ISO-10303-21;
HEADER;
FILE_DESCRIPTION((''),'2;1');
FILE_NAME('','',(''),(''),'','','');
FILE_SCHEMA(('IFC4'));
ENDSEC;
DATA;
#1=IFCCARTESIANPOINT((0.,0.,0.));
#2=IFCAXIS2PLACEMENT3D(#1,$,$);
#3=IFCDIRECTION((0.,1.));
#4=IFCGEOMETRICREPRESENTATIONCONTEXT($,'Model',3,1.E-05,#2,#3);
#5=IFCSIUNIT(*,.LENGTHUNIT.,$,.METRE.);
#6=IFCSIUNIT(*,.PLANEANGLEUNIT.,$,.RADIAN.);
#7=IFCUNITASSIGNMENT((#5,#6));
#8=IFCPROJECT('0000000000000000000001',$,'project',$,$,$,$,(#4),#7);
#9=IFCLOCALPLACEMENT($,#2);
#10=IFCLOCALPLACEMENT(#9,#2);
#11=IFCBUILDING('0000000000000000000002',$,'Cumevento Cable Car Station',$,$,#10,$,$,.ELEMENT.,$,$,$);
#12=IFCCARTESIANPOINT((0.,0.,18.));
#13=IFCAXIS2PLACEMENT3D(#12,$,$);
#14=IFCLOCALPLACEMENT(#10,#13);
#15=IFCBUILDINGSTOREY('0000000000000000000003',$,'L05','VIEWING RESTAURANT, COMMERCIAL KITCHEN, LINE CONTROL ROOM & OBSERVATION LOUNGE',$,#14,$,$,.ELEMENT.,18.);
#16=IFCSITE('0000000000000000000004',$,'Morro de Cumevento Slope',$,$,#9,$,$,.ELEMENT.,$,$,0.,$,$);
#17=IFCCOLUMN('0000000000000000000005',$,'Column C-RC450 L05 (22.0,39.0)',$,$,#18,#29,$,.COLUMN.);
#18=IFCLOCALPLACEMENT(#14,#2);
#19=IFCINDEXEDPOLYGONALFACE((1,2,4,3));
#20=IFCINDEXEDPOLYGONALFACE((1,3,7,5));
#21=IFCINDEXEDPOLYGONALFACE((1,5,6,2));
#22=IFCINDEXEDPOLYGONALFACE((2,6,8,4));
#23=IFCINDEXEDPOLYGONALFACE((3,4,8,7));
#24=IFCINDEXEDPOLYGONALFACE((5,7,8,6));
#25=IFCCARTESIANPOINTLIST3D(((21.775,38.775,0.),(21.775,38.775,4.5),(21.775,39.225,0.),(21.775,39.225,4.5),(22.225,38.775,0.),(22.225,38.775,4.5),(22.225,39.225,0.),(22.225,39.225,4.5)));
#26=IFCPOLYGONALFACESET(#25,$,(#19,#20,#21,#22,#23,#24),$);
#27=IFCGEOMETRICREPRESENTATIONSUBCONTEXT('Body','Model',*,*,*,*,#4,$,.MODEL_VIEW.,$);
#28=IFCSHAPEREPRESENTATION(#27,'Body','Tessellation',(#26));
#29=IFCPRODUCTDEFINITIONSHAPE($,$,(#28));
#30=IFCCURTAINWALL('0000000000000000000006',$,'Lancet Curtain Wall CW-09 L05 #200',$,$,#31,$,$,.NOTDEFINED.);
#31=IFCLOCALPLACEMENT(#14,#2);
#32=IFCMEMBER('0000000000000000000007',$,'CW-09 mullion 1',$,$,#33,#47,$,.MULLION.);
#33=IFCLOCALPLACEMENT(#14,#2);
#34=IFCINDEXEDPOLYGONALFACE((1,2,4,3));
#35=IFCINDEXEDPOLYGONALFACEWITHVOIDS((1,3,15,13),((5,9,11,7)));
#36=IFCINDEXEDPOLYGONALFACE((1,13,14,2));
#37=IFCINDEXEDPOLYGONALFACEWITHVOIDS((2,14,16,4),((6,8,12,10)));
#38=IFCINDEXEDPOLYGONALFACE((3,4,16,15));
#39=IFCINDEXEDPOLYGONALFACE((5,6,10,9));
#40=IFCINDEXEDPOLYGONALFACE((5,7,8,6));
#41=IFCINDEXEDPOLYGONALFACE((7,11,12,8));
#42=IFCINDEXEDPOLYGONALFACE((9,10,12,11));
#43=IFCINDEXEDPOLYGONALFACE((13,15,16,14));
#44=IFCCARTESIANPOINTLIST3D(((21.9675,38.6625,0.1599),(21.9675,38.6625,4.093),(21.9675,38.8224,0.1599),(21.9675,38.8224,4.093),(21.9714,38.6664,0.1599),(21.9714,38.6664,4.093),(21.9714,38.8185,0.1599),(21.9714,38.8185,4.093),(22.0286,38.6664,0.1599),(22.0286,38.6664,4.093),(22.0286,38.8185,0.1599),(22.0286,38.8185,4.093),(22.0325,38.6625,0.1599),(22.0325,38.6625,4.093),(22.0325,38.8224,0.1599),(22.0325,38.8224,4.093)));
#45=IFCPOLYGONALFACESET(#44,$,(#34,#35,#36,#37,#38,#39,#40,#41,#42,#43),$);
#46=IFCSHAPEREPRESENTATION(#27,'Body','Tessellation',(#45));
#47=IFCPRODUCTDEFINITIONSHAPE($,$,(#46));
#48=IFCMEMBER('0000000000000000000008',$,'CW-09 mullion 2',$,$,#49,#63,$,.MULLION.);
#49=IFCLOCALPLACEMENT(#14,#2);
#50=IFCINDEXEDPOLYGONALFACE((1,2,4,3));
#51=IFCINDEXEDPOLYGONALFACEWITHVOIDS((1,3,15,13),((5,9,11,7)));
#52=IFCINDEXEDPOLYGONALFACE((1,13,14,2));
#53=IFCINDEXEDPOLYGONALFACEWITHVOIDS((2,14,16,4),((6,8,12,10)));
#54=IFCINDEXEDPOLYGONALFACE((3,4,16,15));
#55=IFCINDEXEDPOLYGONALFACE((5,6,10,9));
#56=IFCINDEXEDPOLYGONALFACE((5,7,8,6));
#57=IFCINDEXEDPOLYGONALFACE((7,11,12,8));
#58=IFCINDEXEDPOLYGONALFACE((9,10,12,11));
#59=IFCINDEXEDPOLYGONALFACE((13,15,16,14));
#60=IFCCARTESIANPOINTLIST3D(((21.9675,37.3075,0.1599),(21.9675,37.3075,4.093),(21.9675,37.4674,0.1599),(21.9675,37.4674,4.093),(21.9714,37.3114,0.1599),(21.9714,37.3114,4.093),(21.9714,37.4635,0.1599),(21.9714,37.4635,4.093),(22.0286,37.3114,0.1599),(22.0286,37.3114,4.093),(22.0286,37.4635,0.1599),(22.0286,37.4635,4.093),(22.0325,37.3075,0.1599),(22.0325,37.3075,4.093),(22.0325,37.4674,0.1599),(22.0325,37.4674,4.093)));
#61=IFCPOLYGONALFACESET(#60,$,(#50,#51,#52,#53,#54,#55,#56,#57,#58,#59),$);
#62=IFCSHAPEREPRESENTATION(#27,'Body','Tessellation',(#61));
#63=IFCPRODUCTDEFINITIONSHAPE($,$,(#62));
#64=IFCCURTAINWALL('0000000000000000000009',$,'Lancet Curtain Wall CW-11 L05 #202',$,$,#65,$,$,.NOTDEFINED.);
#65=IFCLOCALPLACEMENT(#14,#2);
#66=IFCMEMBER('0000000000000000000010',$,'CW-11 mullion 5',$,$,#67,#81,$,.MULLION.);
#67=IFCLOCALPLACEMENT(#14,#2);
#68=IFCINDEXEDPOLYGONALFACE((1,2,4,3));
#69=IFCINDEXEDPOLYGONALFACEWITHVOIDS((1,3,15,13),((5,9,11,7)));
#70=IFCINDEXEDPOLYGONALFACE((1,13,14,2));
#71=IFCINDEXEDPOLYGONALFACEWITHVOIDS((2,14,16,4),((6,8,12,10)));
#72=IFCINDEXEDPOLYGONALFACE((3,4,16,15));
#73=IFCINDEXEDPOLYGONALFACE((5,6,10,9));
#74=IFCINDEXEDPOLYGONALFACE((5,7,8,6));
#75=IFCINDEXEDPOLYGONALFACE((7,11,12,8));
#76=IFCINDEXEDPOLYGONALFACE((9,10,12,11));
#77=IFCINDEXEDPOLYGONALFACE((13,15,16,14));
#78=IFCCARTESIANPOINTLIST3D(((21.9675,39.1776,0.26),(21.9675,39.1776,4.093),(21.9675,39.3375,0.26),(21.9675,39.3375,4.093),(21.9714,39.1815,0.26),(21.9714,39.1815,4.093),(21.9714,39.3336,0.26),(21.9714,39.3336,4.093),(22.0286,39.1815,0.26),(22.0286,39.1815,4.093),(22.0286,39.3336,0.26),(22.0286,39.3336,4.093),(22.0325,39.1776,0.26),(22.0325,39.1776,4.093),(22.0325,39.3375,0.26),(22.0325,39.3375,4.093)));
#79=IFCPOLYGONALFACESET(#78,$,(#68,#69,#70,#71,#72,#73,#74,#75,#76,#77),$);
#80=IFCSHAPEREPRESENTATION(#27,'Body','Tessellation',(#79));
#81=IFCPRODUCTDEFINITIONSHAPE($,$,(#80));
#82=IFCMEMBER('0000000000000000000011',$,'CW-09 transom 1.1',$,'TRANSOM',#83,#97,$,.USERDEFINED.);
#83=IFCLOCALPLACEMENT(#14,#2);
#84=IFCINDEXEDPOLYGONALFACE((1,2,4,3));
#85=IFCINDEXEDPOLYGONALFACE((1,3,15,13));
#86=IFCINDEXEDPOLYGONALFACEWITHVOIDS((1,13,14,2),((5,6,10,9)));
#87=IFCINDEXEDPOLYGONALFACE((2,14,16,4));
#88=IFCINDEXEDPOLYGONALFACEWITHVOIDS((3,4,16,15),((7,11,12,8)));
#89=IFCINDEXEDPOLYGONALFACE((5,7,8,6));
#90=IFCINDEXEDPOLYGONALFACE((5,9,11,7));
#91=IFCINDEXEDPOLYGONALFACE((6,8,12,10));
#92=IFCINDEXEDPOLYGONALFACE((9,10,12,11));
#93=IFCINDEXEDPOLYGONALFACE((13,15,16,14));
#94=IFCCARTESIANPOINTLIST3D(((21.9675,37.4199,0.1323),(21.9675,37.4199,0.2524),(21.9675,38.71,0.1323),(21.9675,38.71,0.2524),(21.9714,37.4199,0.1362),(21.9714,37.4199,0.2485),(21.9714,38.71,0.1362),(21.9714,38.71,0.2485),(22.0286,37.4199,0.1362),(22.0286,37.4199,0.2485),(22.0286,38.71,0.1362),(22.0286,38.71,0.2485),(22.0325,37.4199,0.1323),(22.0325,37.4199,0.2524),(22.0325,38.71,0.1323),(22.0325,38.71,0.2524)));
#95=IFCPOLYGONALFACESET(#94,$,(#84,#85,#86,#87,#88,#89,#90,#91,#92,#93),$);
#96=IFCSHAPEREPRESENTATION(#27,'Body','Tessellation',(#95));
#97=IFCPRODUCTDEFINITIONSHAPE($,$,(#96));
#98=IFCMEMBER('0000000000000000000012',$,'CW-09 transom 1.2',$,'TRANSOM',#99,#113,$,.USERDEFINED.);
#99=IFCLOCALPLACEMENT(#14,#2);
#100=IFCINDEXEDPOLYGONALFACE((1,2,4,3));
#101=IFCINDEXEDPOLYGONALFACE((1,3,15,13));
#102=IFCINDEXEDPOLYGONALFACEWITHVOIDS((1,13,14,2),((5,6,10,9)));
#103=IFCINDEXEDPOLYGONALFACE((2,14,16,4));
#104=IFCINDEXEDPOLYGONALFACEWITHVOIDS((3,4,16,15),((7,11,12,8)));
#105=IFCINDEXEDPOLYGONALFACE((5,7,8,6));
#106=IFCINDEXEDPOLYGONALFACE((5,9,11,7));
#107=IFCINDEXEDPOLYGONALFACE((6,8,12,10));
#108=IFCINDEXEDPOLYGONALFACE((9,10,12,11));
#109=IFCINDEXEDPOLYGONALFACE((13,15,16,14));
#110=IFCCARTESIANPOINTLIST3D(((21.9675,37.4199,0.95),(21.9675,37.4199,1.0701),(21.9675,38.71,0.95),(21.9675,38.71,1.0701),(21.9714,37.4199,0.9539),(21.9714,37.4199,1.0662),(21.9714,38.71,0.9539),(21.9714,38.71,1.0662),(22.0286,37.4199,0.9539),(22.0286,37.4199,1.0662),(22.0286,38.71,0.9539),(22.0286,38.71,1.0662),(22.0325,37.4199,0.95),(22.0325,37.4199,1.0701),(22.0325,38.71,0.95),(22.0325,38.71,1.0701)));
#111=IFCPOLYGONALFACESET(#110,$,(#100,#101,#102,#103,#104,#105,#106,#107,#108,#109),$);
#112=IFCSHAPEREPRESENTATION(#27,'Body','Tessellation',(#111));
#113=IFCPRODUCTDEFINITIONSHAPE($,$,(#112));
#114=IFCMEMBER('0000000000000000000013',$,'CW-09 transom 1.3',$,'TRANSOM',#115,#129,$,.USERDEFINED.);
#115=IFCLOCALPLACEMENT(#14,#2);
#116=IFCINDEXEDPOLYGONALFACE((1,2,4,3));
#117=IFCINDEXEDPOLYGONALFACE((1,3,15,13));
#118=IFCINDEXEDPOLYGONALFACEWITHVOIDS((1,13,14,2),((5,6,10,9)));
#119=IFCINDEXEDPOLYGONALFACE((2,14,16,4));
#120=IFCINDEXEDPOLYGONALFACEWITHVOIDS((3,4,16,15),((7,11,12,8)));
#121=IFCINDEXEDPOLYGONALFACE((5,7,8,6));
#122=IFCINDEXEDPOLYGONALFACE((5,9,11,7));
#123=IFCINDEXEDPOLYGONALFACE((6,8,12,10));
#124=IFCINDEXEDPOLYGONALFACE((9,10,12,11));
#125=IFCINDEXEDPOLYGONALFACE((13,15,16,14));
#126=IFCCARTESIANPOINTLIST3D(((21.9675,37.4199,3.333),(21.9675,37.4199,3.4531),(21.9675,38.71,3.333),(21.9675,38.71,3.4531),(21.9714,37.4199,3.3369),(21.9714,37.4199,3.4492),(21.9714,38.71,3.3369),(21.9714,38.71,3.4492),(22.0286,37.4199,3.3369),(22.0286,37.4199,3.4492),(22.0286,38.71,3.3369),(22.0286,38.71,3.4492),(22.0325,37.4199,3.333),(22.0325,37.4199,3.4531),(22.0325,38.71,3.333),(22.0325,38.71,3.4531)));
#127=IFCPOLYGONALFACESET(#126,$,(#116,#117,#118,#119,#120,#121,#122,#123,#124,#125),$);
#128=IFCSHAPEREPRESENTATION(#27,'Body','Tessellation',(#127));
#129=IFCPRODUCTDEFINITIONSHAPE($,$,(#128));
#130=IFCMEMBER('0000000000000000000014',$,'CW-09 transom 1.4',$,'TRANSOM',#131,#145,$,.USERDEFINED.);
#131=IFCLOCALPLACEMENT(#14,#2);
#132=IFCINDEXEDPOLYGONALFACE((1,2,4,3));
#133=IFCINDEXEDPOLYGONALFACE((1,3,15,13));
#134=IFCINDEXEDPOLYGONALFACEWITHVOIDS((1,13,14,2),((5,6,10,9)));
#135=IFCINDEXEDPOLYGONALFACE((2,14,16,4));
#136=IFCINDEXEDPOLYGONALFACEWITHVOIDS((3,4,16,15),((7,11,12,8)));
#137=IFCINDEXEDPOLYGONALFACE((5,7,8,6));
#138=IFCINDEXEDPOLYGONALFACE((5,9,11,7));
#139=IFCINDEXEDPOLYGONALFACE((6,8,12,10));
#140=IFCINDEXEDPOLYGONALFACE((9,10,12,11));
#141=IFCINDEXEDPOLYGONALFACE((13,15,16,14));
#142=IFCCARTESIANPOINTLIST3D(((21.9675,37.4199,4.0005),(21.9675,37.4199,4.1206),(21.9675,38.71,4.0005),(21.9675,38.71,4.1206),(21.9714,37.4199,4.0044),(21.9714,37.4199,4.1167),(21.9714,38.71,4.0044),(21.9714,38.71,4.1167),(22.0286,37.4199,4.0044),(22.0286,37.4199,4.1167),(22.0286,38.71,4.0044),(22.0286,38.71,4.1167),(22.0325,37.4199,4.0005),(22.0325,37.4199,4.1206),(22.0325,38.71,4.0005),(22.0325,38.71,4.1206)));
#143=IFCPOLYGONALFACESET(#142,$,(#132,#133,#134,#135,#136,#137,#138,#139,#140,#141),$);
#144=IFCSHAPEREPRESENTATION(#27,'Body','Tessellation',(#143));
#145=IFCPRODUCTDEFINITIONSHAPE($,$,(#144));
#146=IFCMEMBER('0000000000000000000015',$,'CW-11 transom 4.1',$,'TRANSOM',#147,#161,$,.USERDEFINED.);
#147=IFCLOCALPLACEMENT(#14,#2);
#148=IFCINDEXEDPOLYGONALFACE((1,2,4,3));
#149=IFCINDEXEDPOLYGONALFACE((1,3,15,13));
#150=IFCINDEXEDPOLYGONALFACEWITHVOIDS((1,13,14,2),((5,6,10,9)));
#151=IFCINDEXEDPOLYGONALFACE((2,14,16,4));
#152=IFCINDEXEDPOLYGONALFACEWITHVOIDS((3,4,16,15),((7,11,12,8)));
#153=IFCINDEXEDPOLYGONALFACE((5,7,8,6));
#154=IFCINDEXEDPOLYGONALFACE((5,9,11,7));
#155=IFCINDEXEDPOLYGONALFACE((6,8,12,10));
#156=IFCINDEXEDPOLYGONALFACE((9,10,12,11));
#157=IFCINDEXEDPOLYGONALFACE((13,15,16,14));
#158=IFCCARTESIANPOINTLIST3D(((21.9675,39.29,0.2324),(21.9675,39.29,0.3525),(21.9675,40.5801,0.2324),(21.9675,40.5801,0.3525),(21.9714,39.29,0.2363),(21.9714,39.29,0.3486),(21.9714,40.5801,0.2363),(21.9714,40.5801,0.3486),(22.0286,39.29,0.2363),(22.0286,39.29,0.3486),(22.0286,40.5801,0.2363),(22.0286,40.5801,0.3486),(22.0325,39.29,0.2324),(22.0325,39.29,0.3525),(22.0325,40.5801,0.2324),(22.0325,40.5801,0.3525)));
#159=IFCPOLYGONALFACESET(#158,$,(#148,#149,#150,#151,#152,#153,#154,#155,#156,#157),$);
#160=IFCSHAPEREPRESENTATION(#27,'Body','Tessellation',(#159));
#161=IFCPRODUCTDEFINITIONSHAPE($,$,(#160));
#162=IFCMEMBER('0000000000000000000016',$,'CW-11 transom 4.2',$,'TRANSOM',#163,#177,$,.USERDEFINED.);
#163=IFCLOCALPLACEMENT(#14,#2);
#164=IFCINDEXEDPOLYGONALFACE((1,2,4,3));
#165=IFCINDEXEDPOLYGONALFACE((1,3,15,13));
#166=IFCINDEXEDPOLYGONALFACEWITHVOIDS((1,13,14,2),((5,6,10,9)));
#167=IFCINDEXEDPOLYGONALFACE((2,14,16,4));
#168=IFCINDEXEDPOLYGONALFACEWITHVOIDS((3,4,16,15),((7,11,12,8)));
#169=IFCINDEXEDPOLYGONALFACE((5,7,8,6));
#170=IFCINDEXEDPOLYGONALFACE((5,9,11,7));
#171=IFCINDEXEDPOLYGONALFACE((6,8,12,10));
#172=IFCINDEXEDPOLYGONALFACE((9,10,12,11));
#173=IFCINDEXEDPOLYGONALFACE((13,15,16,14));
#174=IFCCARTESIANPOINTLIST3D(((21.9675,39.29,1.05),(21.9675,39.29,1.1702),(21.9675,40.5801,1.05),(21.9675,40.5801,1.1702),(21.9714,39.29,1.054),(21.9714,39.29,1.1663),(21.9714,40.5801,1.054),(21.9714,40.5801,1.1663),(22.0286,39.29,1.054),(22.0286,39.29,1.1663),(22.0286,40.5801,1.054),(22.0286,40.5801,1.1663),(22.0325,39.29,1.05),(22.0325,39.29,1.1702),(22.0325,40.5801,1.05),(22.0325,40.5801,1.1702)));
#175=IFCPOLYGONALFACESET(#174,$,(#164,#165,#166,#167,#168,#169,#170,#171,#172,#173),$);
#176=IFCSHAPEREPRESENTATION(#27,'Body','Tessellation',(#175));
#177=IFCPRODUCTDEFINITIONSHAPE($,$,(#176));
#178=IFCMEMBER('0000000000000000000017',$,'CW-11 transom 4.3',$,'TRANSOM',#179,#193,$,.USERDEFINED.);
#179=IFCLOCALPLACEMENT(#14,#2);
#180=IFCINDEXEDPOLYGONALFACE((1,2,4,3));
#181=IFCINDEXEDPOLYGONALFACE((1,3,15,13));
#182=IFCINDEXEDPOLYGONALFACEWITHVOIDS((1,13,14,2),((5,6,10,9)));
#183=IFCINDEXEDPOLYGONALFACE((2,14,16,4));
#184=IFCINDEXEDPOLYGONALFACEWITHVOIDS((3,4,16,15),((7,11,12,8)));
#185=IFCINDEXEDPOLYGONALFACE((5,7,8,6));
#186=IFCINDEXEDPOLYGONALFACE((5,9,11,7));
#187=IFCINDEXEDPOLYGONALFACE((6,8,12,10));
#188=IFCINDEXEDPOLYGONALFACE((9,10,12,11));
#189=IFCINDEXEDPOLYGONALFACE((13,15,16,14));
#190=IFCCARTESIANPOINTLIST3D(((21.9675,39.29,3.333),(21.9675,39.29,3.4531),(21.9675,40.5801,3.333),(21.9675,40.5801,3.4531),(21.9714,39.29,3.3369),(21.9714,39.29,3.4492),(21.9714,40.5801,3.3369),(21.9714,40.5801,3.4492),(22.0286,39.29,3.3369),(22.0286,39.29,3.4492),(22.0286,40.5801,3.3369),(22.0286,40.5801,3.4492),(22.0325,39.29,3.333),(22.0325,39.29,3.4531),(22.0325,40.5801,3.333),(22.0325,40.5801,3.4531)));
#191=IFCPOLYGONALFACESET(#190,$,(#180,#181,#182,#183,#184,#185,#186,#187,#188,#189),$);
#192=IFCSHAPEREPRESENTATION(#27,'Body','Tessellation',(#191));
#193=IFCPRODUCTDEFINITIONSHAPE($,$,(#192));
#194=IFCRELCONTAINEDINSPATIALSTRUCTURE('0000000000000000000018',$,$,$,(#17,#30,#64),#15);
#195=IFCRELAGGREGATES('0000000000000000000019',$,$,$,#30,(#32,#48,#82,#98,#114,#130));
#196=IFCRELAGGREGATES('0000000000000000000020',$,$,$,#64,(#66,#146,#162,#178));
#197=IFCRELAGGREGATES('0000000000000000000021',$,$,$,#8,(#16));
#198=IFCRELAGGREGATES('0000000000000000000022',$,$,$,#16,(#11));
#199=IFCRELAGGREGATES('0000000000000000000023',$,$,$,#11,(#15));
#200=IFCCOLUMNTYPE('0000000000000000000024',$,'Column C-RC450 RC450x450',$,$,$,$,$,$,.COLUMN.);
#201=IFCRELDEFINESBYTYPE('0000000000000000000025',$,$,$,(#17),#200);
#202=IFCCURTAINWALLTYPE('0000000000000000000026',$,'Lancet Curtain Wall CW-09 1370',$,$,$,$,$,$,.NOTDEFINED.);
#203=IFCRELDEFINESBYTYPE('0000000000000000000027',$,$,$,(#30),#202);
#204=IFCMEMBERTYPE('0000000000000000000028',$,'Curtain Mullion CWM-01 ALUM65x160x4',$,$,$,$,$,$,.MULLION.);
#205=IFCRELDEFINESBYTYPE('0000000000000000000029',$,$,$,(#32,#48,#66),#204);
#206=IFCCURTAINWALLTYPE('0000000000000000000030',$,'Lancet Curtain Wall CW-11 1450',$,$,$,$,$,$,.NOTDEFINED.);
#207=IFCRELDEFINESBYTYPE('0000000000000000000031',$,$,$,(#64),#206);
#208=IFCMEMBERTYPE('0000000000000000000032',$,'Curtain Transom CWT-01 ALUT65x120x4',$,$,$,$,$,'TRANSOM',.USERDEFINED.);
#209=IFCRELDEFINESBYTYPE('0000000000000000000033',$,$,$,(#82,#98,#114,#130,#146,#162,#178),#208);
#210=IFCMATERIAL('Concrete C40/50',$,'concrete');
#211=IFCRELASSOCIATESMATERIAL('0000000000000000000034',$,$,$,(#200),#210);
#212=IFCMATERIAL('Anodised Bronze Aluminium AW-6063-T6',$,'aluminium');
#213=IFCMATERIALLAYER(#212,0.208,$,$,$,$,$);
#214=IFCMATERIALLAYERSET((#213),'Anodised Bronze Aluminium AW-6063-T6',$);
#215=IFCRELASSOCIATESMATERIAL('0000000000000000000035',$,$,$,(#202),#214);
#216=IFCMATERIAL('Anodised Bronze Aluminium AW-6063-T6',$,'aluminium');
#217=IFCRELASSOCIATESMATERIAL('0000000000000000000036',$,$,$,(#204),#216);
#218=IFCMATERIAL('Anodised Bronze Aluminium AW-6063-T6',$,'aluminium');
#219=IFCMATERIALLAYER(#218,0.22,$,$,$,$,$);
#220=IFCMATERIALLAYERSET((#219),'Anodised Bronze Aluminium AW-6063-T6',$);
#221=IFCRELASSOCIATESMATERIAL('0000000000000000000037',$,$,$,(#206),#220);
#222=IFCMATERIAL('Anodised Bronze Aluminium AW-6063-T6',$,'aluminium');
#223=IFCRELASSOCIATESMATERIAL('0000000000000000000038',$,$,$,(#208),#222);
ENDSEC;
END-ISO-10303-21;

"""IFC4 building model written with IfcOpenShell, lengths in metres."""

from ifc_helpers import new_model, si_unit, direction, frame, origin, origin_2d, place, context, subcontext, project, spatial, rectangle, hollow_rectangle, extrude, material, layer, layer_set, material_profile, profile_set, type_object, element, aggregate, save


model = new_model("IFC4")

# Units and contexts
model_context = context("Model", 3, precision=1e-05, world=origin(), true_north=direction((0.0, 1.0)))
body_context = subcontext(model_context, "Body", "Model", "MODEL_VIEW")
ifc_project = project(units=[si_unit("LENGTHUNIT", "METRE"), si_unit("PLANEANGLEUNIT", "RADIAN")], contexts=[model_context])

# Site, building, storey
site_placement = place(None, origin())
site = spatial("IfcSite", under=ifc_project, at=site_placement, Name="Morro de Cumevento Slope", CompositionType="ELEMENT", RefElevation=0.0)
building_placement = place(site_placement, origin())
building = spatial("IfcBuilding", under=site, at=building_placement, Name="Cumevento Cable Car Station", CompositionType="ELEMENT")
storey_placement = place(building_placement, frame((0.0, 0.0, 18.0)))
storey = spatial("IfcBuildingStorey", under=building, at=storey_placement, Name="L05", Description="VIEWING RESTAURANT, COMMERCIAL KITCHEN, LINE CONTROL ROOM & OBSERVATION LOUNGE", CompositionType="ELEMENT", Elevation=18.0)

# Column
ifc_material_1 = material(Name="Concrete C40/50", Category="concrete")
ifc_material_profile_1 = material_profile(ifc_material_1, rectangle(XDim=0.45, YDim=0.45, at=origin_2d()), Name="RC450x450")
ifc_profile_set_1 = profile_set([ifc_material_profile_1], Name="Concrete C40/50")
column_type = type_object("IfcColumnType", Name="Column C-RC450 RC450x450", PredefinedType="COLUMN", material=ifc_profile_set_1)
column_placement = place(storey_placement, frame((22.0, 39.0, 0.0), z_axis=(0.0, 0.0, 1.0), x_axis=(1.0, 0.0, 0.0)))
element("IfcColumn", 1, at=column_placement, inside=storey, type_object=column_type, Name="Column C-RC450 L05 (22.0,39.0)", PredefinedType="COLUMN", context=body_context, shape_type="SweptSolid", body=[
    extrude(rectangle(XDim=0.45, YDim=0.45, at=origin_2d()), origin(), (0.0, 0.0, 1.0), 4.5),
])

# Curtain wall, members
ifc_material_2 = material(Name="Anodised Bronze Aluminium AW-6063-T6", Category="aluminium")
ifc_layer_1 = layer(ifc_material_2, 0.208)
ifc_layer_set_1 = layer_set([ifc_layer_1], Name="Anodised Bronze Aluminium AW-6063-T6")
curtain_wall_type_1 = type_object("IfcCurtainWallType", Name="Lancet Curtain Wall CW-09 1370", PredefinedType="NOTDEFINED", material=ifc_layer_set_1)
curtain_wall_1_placement = place(storey_placement, origin())
curtain_wall_1 = element("IfcCurtainWall", 2, at=curtain_wall_1_placement, inside=storey, type_object=curtain_wall_type_1, Name="Lancet Curtain Wall CW-09 L05 #200", PredefinedType="NOTDEFINED")
ifc_material_3 = material(Name="Anodised Bronze Aluminium AW-6063-T6", Category="aluminium")
ifc_material_profile_2 = material_profile(ifc_material_3, hollow_rectangle(XDim=0.0649, YDim=0.1599, WallThickness=0.0039, at=origin_2d()), Name="ALUM65x160x4")
ifc_profile_set_2 = profile_set([ifc_material_profile_2], Name="Anodised Bronze Aluminium AW-6063-T6")
member_type_1 = type_object("IfcMemberType", Name="Curtain Mullion CWM-01 ALUM65x160x4", PredefinedType="MULLION", material=ifc_profile_set_2)
member_1_placement = place(storey_placement, frame((22.0, 38.7424, 0.1599), z_axis=(0.0, 0.0, 1.0), x_axis=(1.0, 0.0, 0.0)))
member_1 = element("IfcMember", 3, at=member_1_placement, type_object=member_type_1, Name="CW-09 mullion 1", PredefinedType="MULLION", context=body_context, shape_type="SweptSolid", body=[
    extrude(hollow_rectangle(XDim=0.0649, YDim=0.1599, WallThickness=0.0039, at=origin_2d()), origin(), (0.0, 0.0, 1.0), 3.9331),
])
member_2_placement = place(storey_placement, frame((22.0, 37.3875, 0.1599), z_axis=(0.0, 0.0, 1.0), x_axis=(1.0, 0.0, 0.0)))
member_2 = element("IfcMember", 4, at=member_2_placement, type_object=member_type_1, Name="CW-09 mullion 2", PredefinedType="MULLION", context=body_context, shape_type="SweptSolid", body=[
    extrude(hollow_rectangle(XDim=0.0649, YDim=0.1599, WallThickness=0.0039, at=origin_2d()), origin(), (0.0, 0.0, 1.0), 3.9331),
])

# Curtain wall, member
ifc_material_4 = material(Name="Anodised Bronze Aluminium AW-6063-T6", Category="aluminium")
ifc_layer_2 = layer(ifc_material_4, 0.22)
ifc_layer_set_2 = layer_set([ifc_layer_2], Name="Anodised Bronze Aluminium AW-6063-T6")
curtain_wall_type_2 = type_object("IfcCurtainWallType", Name="Lancet Curtain Wall CW-11 1450", PredefinedType="NOTDEFINED", material=ifc_layer_set_2)
curtain_wall_2_placement = place(storey_placement, origin())
curtain_wall_2 = element("IfcCurtainWall", 5, at=curtain_wall_2_placement, inside=storey, type_object=curtain_wall_type_2, Name="Lancet Curtain Wall CW-11 L05 #202", PredefinedType="NOTDEFINED")
member_3_placement = place(storey_placement, frame((22.0, 39.2576, 0.26), z_axis=(0.0, 0.0, 1.0), x_axis=(1.0, 0.0, 0.0)))
member_3 = element("IfcMember", 6, at=member_3_placement, type_object=member_type_1, Name="CW-11 mullion 5", PredefinedType="MULLION", context=body_context, shape_type="SweptSolid", body=[
    extrude(hollow_rectangle(XDim=0.0649, YDim=0.1599, WallThickness=0.0039, at=origin_2d()), origin(), (0.0, 0.0, 1.0), 3.833),
])

# Members
ifc_material_5 = material(Name="Anodised Bronze Aluminium AW-6063-T6", Category="aluminium")
ifc_material_profile_3 = material_profile(ifc_material_5, hollow_rectangle(XDim=0.0649, YDim=0.1201, WallThickness=0.0039, at=origin_2d()), Name="ALUT65x120x4")
ifc_profile_set_3 = profile_set([ifc_material_profile_3], Name="Anodised Bronze Aluminium AW-6063-T6")
member_type_2 = type_object("IfcMemberType", Name="Curtain Transom CWT-01 ALUT65x120x4", ElementType="TRANSOM", PredefinedType="USERDEFINED", material=ifc_profile_set_3)
member_4_placement = place(storey_placement, frame((22.0, 38.71, 0.1924), z_axis=(0.0, -1.0, 0.0), x_axis=(1.0, 0.0, 0.0)))
member_4 = element("IfcMember", 7, at=member_4_placement, type_object=member_type_2, Name="CW-09 transom 1.1", ObjectType="TRANSOM", PredefinedType="USERDEFINED", context=body_context, shape_type="SweptSolid", body=[
    extrude(hollow_rectangle(XDim=0.0649, YDim=0.1201, WallThickness=0.0039, at=origin_2d()), origin(), (0.0, 0.0, 1.0), 1.29),
])
member_5_placement = place(storey_placement, frame((22.0, 38.71, 1.01), z_axis=(0.0, -1.0, 0.0), x_axis=(1.0, 0.0, 0.0)))
member_5 = element("IfcMember", 8, at=member_5_placement, type_object=member_type_2, Name="CW-09 transom 1.2", ObjectType="TRANSOM", PredefinedType="USERDEFINED", context=body_context, shape_type="SweptSolid", body=[
    extrude(hollow_rectangle(XDim=0.0649, YDim=0.1201, WallThickness=0.0039, at=origin_2d()), origin(), (0.0, 0.0, 1.0), 1.29),
])
member_6_placement = place(storey_placement, frame((22.0, 38.71, 3.3931), z_axis=(0.0, -1.0, 0.0), x_axis=(1.0, 0.0, 0.0)))
member_6 = element("IfcMember", 9, at=member_6_placement, type_object=member_type_2, Name="CW-09 transom 1.3", ObjectType="TRANSOM", PredefinedType="USERDEFINED", context=body_context, shape_type="SweptSolid", body=[
    extrude(hollow_rectangle(XDim=0.0649, YDim=0.1201, WallThickness=0.0039, at=origin_2d()), origin(), (0.0, 0.0, 1.0), 1.29),
])
member_7_placement = place(storey_placement, frame((22.0, 38.71, 4.0605), z_axis=(0.0, -1.0, 0.0), x_axis=(1.0, 0.0, 0.0)))
member_7 = element("IfcMember", 10, at=member_7_placement, type_object=member_type_2, Name="CW-09 transom 1.4", ObjectType="TRANSOM", PredefinedType="USERDEFINED", context=body_context, shape_type="SweptSolid", body=[
    extrude(hollow_rectangle(XDim=0.0649, YDim=0.1201, WallThickness=0.0039, at=origin_2d()), origin(), (0.0, 0.0, 1.0), 1.29),
])
member_8_placement = place(storey_placement, frame((22.0, 40.5801, 0.2925), z_axis=(0.0, -1.0, 0.0), x_axis=(1.0, 0.0, 0.0)))
member_8 = element("IfcMember", 11, at=member_8_placement, type_object=member_type_2, Name="CW-11 transom 4.1", ObjectType="TRANSOM", PredefinedType="USERDEFINED", context=body_context, shape_type="SweptSolid", body=[
    extrude(hollow_rectangle(XDim=0.0649, YDim=0.1201, WallThickness=0.0039, at=origin_2d()), origin(), (0.0, 0.0, 1.0), 1.29),
])
member_9_placement = place(storey_placement, frame((22.0, 40.5801, 1.1101), z_axis=(0.0, -1.0, 0.0), x_axis=(1.0, 0.0, 0.0)))
member_9 = element("IfcMember", 12, at=member_9_placement, type_object=member_type_2, Name="CW-11 transom 4.2", ObjectType="TRANSOM", PredefinedType="USERDEFINED", context=body_context, shape_type="SweptSolid", body=[
    extrude(hollow_rectangle(XDim=0.0649, YDim=0.1201, WallThickness=0.0039, at=origin_2d()), origin(), (0.0, 0.0, 1.0), 1.29),
])
member_10_placement = place(storey_placement, frame((22.0, 40.5801, 3.3931), z_axis=(0.0, -1.0, 0.0), x_axis=(1.0, 0.0, 0.0)))
member_10 = element("IfcMember", 13, at=member_10_placement, type_object=member_type_2, Name="CW-11 transom 4.3", ObjectType="TRANSOM", PredefinedType="USERDEFINED", context=body_context, shape_type="SweptSolid", body=[
    extrude(hollow_rectangle(XDim=0.0649, YDim=0.1201, WallThickness=0.0039, at=origin_2d()), origin(), (0.0, 0.0, 1.0), 1.29),
])

aggregate(curtain_wall_1, [member_1, member_2, member_4, member_5, member_6, member_7])
aggregate(curtain_wall_2, [member_3, member_8, member_9, member_10])

save(model, "model.ifc")
